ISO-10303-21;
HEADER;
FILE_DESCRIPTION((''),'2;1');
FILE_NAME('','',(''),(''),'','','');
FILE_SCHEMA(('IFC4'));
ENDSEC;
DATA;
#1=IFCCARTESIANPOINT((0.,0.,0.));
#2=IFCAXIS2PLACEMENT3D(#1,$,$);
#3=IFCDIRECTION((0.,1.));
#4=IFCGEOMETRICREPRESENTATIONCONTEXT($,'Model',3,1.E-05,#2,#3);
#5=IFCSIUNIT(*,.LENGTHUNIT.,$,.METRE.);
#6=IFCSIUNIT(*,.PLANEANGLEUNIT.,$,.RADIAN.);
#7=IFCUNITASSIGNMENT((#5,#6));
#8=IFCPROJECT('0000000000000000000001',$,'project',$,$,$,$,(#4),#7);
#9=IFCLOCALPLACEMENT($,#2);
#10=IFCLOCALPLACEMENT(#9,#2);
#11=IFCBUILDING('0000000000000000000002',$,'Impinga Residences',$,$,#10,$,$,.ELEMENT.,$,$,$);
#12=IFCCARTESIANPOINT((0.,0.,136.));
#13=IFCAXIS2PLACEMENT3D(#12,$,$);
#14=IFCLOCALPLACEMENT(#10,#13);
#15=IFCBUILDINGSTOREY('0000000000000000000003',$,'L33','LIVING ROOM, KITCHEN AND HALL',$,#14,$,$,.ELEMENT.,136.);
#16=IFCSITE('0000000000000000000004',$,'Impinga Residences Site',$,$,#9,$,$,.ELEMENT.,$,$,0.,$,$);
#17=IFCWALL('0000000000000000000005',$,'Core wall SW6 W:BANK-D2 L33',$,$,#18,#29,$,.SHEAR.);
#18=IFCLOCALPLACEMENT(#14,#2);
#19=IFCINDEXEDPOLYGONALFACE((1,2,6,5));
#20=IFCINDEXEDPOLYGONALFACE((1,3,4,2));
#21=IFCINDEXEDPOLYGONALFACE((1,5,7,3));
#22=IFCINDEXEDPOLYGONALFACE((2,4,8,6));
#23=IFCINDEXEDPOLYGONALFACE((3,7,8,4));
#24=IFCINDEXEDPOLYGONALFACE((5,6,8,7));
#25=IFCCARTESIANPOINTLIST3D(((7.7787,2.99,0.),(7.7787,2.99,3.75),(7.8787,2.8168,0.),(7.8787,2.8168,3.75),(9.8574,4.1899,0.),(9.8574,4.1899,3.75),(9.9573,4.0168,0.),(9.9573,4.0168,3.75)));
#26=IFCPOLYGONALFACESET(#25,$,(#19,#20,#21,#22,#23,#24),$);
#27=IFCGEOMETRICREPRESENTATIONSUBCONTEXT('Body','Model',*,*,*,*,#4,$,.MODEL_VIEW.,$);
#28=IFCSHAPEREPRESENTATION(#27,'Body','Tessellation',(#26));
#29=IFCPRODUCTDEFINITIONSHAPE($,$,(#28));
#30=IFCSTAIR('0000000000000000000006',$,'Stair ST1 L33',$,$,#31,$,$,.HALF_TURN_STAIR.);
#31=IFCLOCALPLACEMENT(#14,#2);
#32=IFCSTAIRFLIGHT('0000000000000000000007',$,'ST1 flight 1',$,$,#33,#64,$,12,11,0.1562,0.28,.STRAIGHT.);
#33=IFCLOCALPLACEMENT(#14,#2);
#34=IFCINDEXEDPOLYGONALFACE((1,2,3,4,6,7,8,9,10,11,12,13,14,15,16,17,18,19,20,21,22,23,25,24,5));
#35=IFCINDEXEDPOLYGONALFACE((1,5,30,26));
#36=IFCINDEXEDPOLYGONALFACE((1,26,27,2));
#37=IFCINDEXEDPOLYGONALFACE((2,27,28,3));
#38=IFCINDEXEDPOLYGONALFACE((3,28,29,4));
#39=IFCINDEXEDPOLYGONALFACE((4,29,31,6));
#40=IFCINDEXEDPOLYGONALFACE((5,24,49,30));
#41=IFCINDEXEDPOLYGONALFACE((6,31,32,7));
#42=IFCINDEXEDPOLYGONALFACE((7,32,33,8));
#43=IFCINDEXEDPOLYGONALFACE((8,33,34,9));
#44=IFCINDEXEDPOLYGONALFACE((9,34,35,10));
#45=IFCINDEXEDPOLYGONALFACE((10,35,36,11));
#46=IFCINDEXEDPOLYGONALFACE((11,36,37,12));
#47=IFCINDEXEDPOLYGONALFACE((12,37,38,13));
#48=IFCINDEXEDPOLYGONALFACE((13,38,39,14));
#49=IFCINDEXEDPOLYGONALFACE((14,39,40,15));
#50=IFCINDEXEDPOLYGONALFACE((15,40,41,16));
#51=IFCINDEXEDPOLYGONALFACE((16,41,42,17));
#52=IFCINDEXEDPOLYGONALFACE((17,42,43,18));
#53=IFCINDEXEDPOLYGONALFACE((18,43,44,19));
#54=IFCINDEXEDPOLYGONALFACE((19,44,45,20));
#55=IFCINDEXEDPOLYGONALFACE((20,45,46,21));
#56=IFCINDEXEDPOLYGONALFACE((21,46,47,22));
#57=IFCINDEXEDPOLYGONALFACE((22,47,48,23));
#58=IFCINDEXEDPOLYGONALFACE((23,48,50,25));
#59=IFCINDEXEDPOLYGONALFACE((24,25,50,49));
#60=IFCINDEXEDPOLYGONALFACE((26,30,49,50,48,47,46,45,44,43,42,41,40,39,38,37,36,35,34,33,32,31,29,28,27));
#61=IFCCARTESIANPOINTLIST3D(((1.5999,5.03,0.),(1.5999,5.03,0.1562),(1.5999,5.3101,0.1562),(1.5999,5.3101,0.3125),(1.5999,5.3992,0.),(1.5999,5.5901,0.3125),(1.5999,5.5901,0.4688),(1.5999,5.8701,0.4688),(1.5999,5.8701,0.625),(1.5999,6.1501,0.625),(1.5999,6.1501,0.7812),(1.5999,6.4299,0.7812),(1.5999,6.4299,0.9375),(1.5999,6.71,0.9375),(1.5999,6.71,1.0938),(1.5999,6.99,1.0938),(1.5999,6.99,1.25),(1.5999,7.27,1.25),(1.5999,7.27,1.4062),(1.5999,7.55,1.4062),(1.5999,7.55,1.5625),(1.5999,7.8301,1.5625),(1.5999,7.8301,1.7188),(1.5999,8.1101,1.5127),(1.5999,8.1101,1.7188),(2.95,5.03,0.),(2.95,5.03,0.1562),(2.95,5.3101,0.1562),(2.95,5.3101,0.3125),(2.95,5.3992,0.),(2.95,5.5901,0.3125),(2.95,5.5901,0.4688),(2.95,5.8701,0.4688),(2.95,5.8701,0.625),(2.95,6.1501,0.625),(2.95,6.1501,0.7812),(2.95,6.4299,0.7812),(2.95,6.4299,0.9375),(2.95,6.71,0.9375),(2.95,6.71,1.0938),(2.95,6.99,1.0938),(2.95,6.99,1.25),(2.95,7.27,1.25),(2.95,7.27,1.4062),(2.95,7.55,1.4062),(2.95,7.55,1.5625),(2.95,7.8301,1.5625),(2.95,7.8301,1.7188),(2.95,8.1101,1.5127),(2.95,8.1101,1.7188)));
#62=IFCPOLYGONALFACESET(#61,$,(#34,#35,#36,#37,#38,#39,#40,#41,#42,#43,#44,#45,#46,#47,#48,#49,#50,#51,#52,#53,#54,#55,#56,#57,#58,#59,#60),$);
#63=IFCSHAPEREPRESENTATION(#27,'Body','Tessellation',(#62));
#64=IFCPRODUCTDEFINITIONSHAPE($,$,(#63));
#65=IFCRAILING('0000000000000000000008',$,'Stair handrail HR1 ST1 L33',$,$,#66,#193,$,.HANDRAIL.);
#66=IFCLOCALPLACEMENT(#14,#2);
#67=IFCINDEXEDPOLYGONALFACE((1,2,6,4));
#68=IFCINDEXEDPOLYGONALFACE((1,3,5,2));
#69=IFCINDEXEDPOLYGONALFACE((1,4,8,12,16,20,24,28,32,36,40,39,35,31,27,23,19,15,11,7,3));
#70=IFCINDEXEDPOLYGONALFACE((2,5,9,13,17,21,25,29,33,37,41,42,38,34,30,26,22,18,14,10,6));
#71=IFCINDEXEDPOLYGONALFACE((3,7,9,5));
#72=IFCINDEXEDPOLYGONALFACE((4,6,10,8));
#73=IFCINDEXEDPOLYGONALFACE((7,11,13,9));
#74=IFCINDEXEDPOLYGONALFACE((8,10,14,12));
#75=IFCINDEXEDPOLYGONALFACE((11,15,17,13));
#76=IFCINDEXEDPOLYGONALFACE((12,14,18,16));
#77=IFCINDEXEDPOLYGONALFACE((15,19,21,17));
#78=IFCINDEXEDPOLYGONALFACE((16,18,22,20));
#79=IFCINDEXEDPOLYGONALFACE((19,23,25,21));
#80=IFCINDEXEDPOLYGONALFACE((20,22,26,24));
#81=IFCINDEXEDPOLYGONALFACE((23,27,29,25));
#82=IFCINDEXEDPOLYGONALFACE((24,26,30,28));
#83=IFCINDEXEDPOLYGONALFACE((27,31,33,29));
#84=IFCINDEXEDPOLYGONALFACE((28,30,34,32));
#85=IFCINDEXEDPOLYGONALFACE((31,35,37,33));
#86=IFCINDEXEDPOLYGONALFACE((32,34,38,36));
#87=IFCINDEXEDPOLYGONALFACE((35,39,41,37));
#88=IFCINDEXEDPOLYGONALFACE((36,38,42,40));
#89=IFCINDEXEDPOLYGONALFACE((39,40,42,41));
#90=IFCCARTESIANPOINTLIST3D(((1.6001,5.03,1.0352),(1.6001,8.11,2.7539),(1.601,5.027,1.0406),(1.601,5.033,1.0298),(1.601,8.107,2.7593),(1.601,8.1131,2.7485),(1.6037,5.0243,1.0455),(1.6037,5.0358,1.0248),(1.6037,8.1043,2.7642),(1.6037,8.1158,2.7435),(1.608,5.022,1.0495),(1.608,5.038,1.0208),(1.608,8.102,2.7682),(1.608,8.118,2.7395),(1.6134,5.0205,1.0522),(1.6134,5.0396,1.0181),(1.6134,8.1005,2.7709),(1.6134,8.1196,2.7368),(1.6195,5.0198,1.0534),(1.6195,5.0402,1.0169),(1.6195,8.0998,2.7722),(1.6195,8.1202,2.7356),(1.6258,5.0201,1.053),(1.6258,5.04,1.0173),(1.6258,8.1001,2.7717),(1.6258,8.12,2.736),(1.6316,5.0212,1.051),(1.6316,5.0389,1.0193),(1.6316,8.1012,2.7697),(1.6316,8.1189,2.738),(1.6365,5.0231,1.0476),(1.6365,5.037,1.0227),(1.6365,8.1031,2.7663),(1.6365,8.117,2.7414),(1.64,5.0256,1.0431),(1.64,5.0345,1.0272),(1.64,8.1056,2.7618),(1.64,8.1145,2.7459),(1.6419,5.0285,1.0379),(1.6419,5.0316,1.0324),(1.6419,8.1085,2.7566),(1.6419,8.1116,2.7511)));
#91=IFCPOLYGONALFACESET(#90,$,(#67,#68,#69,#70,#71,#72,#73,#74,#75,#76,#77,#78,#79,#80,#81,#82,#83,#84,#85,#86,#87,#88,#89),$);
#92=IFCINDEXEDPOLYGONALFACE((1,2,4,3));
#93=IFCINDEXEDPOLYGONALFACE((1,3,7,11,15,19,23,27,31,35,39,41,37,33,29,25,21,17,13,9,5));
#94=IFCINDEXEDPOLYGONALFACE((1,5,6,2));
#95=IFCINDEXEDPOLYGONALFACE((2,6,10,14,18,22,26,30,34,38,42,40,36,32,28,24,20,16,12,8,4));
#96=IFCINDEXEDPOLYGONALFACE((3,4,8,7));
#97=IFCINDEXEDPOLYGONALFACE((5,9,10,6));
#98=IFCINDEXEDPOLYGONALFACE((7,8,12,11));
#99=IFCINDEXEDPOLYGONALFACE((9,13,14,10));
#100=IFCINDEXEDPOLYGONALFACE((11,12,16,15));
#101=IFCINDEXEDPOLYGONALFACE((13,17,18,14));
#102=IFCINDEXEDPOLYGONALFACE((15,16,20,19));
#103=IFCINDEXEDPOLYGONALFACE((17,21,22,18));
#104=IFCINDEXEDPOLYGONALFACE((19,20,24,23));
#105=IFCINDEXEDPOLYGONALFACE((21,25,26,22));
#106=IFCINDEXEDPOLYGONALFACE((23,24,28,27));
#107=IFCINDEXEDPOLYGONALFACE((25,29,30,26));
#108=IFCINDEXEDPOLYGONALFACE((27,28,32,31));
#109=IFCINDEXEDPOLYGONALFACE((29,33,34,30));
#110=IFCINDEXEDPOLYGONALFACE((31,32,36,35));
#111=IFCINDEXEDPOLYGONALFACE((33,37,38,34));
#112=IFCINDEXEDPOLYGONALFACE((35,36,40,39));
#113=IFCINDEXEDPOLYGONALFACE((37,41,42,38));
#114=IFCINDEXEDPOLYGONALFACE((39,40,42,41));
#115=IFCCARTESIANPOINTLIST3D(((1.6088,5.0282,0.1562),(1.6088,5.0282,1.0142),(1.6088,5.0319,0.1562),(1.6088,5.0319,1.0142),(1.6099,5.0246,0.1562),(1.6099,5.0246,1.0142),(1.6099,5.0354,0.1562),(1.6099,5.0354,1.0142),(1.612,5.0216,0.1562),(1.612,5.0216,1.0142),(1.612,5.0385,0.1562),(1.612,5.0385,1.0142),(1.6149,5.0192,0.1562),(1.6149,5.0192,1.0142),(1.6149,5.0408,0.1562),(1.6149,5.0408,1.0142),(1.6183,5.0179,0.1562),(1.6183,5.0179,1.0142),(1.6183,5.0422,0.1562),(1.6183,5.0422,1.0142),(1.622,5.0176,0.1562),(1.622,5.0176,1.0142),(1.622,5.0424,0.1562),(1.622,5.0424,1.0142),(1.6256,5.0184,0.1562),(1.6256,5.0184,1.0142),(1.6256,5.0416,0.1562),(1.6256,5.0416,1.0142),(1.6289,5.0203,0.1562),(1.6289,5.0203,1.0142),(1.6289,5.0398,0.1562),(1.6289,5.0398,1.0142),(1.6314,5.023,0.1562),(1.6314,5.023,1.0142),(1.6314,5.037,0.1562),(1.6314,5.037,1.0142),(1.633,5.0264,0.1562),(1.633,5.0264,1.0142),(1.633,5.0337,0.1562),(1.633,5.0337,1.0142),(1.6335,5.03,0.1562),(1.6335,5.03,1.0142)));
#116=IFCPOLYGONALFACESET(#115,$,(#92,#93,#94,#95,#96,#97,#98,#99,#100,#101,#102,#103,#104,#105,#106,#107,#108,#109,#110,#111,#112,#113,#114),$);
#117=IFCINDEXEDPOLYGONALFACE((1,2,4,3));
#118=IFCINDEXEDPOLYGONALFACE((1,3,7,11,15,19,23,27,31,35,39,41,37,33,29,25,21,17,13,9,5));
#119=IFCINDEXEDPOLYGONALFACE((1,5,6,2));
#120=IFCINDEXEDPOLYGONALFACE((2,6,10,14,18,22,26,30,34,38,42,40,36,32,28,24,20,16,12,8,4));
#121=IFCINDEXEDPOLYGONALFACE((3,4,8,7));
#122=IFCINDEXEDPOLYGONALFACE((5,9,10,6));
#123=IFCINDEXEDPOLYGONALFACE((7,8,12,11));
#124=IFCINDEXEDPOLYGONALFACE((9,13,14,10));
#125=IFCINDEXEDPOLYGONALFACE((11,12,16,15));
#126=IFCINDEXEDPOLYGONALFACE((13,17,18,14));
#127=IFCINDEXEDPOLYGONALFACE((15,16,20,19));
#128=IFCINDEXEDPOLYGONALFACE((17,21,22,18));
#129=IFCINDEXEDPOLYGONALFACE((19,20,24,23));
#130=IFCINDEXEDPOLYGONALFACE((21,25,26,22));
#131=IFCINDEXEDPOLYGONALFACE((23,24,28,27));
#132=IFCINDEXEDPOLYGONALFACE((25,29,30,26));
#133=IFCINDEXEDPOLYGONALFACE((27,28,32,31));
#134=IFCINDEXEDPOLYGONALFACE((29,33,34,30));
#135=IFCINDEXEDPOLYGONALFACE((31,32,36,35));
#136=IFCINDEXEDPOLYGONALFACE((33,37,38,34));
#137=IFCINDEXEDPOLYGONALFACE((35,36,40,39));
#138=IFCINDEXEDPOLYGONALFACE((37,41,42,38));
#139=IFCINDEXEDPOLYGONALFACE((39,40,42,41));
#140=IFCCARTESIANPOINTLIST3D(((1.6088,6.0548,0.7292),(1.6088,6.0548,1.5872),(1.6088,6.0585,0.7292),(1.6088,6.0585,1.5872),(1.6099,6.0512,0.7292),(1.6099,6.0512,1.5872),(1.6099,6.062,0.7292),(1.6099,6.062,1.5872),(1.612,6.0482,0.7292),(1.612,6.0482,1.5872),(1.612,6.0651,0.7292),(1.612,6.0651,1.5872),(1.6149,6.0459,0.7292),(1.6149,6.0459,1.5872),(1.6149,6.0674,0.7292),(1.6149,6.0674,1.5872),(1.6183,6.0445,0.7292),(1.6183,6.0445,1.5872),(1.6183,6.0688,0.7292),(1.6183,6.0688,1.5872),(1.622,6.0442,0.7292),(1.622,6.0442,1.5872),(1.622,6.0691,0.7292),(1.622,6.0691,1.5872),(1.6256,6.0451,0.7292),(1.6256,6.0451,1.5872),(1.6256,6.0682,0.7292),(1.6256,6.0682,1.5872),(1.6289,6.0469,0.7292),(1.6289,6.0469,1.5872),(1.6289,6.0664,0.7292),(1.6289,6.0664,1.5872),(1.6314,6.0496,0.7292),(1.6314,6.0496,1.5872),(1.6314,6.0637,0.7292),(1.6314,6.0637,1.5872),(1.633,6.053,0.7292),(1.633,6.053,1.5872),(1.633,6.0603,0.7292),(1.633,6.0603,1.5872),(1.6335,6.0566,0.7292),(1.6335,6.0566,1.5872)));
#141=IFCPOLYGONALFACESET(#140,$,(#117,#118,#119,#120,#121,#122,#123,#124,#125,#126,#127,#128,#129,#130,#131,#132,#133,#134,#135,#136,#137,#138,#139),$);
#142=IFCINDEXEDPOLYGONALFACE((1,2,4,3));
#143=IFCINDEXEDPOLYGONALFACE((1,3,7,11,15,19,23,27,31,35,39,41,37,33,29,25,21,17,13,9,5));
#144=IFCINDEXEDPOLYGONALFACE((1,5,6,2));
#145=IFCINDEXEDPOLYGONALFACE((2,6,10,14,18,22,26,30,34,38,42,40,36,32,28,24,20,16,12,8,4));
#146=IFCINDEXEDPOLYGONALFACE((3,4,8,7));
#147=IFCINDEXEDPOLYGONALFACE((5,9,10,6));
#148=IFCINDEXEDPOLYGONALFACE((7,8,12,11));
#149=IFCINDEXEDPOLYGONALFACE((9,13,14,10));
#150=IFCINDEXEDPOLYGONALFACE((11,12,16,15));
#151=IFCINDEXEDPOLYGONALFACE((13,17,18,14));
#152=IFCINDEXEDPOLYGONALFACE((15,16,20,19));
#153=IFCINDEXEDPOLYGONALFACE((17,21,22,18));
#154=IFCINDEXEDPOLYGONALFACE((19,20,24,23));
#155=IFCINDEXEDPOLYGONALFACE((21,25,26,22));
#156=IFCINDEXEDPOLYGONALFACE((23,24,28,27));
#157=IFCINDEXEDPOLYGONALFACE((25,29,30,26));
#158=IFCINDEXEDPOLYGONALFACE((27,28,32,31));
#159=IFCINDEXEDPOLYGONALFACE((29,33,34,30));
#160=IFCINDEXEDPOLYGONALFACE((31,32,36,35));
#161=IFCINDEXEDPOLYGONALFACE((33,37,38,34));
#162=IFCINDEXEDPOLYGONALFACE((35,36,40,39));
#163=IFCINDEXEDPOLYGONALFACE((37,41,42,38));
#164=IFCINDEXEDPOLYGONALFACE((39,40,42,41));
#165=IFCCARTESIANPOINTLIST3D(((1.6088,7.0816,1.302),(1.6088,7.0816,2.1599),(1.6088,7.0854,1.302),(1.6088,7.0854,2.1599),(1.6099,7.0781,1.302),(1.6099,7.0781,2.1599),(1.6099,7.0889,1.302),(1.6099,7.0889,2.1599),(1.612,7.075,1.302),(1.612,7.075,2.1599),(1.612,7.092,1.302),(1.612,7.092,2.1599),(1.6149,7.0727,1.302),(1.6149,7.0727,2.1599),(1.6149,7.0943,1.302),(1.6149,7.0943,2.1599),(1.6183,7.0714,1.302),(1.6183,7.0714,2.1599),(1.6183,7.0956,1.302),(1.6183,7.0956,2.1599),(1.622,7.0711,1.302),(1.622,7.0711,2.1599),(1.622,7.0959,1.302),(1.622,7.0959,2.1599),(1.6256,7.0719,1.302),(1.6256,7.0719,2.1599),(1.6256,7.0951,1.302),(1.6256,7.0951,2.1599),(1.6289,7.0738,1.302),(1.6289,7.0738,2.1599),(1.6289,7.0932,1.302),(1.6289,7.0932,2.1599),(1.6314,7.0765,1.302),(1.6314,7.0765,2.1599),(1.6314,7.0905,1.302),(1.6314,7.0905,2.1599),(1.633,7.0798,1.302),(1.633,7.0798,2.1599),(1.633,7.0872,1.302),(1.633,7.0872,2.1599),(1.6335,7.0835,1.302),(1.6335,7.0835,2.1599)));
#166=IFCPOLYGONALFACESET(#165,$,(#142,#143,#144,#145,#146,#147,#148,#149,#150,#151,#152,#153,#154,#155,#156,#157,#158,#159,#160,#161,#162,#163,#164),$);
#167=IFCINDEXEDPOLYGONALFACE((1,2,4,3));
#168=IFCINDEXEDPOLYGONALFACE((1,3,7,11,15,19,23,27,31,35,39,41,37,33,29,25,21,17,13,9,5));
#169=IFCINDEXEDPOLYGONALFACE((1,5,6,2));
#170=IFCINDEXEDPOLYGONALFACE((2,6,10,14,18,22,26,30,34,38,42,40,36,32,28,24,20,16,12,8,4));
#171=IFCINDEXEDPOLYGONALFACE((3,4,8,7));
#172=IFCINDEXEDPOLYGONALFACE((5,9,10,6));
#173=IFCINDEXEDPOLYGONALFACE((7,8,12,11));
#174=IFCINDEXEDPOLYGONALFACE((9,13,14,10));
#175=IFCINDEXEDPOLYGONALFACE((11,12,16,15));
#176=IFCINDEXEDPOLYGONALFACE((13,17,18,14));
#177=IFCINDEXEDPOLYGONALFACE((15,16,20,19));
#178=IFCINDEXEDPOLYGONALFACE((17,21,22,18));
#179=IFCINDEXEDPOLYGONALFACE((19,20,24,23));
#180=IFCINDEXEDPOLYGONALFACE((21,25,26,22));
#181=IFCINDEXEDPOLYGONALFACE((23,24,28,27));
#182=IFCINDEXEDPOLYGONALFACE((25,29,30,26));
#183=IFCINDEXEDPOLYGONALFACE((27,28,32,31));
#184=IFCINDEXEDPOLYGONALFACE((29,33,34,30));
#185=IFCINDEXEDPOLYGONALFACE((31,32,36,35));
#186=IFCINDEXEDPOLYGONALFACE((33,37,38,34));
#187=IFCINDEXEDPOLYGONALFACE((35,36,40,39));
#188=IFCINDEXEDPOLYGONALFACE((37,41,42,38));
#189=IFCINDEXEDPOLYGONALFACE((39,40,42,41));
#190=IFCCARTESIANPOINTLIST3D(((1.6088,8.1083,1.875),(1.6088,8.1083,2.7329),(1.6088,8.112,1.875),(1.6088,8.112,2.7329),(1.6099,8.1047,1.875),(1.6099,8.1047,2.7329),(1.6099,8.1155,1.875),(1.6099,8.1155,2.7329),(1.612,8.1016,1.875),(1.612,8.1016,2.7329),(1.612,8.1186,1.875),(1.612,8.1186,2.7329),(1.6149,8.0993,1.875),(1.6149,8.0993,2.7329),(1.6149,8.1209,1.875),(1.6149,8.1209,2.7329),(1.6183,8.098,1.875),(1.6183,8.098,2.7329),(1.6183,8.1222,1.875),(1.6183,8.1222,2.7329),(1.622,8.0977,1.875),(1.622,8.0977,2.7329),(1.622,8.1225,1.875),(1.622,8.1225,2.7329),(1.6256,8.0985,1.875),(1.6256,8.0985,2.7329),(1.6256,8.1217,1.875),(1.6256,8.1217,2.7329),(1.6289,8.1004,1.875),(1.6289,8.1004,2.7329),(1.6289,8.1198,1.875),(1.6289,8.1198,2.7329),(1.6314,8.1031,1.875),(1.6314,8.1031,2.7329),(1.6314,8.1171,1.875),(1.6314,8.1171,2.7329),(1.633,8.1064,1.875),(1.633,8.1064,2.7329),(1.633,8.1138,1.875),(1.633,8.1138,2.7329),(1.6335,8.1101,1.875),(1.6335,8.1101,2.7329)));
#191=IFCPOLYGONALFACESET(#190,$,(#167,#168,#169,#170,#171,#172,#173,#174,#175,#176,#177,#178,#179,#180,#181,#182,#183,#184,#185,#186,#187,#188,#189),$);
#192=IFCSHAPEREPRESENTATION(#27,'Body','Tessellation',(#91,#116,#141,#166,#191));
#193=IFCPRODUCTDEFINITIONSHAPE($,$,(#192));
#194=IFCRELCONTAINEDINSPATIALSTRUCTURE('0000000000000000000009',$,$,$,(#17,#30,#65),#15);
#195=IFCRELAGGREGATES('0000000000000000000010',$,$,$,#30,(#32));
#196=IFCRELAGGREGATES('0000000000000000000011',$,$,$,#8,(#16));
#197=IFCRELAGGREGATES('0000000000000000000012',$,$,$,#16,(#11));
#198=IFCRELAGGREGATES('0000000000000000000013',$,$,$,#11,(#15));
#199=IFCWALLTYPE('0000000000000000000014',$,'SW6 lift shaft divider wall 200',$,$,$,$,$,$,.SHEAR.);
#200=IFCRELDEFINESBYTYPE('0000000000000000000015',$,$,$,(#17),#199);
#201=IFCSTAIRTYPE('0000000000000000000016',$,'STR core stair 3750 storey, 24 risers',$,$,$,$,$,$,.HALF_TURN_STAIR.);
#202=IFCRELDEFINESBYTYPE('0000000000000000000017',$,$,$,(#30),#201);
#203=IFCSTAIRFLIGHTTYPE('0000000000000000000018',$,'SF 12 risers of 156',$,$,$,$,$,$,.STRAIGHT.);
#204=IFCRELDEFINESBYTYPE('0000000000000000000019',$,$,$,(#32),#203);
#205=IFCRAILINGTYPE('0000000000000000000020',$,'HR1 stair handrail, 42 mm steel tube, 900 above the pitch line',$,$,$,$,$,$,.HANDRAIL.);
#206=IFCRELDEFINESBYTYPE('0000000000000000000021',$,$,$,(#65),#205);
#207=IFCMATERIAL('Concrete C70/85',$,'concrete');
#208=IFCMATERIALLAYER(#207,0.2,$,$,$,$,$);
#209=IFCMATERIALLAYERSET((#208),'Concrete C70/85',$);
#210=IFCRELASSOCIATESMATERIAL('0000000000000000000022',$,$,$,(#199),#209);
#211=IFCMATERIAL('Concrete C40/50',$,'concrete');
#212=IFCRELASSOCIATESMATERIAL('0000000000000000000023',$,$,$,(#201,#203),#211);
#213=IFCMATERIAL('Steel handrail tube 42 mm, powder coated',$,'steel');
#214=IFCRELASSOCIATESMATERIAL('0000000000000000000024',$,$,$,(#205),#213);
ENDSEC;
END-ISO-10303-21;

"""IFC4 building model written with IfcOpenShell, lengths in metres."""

from ifc_helpers import new_model, si_unit, direction, frame, frame_2d, origin, origin_2d, place, context, subcontext, project, spatial, polyline, rectangle, circle, outline, extrude, material, layer, layer_set, type_object, element, aggregate, save


model = new_model("IFC4")

# Units and contexts
model_context = context("Model", 3, precision=1e-05, world=origin(), true_north=direction((0.0, 1.0)))
body_context = subcontext(model_context, "Body", "Model", "MODEL_VIEW")
ifc_project = project(units=[si_unit("LENGTHUNIT", "METRE"), si_unit("PLANEANGLEUNIT", "RADIAN")], contexts=[model_context])

# Site, building, storey
site_placement = place(None, origin())
site = spatial("IfcSite", under=ifc_project, at=site_placement, Name="Impinga Residences Site", CompositionType="ELEMENT", RefElevation=0.0)
building_placement = place(site_placement, origin())
building = spatial("IfcBuilding", under=site, at=building_placement, Name="Impinga Residences", CompositionType="ELEMENT")
storey_placement = place(building_placement, frame((0.0, 0.0, 136.0)))
storey = spatial("IfcBuildingStorey", under=building, at=storey_placement, Name="L33", Description="LIVING ROOM, KITCHEN AND HALL", CompositionType="ELEMENT", Elevation=136.0)

# Shared definitions
ifc_material_1 = material(Name="Concrete C70/85", Category="concrete")

# Wall
ifc_layer_1 = layer(ifc_material_1, 0.2)
ifc_layer_set_1 = layer_set([ifc_layer_1], Name="Concrete C70/85")
wall_type_1 = type_object("IfcWallType", Name="SW6 lift shaft divider wall 200", PredefinedType="SHEAR", material=ifc_layer_set_1)
wall_1_placement = place(storey_placement, frame((7.8286, 2.9033, 0.0), z_axis=(0.0, 0.0, 1.0), x_axis=(0.86605, 0.499957, 0.0)))
element("IfcWall", 1, at=wall_1_placement, inside=storey, type_object=wall_type_1, Name="Core wall SW6 W:BANK-D2 L33", PredefinedType="SHEAR", context=body_context, shape_type="SweptSolid", body=[
    extrude(rectangle(XDim=2.4001, YDim=0.2, at=frame_2d((1.2002, 0.0))), origin(), (0.0, 0.0, 1.0), 3.75),
])

# Stair, stair flight
ifc_material_2 = material(Name="Concrete C40/50", Category="concrete")
stair_type = type_object("IfcStairType", Name="STR core stair 3750 storey, 24 risers", PredefinedType="HALF_TURN_STAIR", material=ifc_material_2)
stair_placement = place(storey_placement, origin())
stair = element("IfcStair", 2, at=stair_placement, inside=storey, type_object=stair_type, Name="Stair ST1 L33", PredefinedType="HALF_TURN_STAIR")
stair_flight_type = type_object("IfcStairFlightType", Name="SF 12 risers of 156", PredefinedType="STRAIGHT", material=ifc_material_2)
stair_flight_placement = place(storey_placement, frame((2.2749, 5.03, 0.0), z_axis=(0.0, 0.0, 1.0), x_axis=(0.0, 1.0, 0.0)))
stair_flight = element("IfcStairFlight", 3, at=stair_flight_placement, type_object=stair_flight_type, Name="ST1 flight 1", NumberOfRisers=12, NumberOfTreads=11, PredefinedType="STRAIGHT", RiserHeight=0.1562, TreadLength=0.28, context=body_context, shape_type="SweptSolid", body=[
    extrude(outline(polyline([(0.0, 0.0), (0.0, 0.1562), (0.28, 0.1562), (0.28, 0.3125), (0.5601, 0.3125), (0.5601, 0.4688), (0.8401, 0.4688), (0.8401, 0.625), (1.1201, 0.625), (1.1201, 0.7812), (1.3999, 0.7812), (1.3999, 0.9375), (1.6799, 0.9375), (1.6799, 1.0938), (1.96, 1.0938), (1.96, 1.25), (2.24, 1.25), (2.24, 1.4062), (2.52, 1.4062), (2.52, 1.5625), (2.8, 1.5625), (2.8, 1.7188), (3.0801, 1.7188), (3.0801, 1.875), (3.0801, 1.5127), (0.3691, 0.0), (0.0, 0.0)])), frame((0.0, 0.675, 0.0), z_axis=(0.0, -1.0, 0.0), x_axis=(1.0, 0.0, 0.0)), (0.0, 0.0, 1.0), 1.3501),
])
aggregate(stair, [stair_flight])

# Railing
ifc_material_3 = material(Name="Steel handrail tube 42 mm, powder coated", Category="steel")
railing_type = type_object("IfcRailingType", Name="HR1 stair handrail, 42 mm steel tube, 900 above the pitch line", PredefinedType="HANDRAIL", material=ifc_material_3)
railing_placement = place(storey_placement, frame((1.6211, 5.03, 0.1562)))
element("IfcRailing", 4, at=railing_placement, inside=storey, type_object=railing_type, Name="Stair handrail HR1 ST1 L33", PredefinedType="HANDRAIL", context=body_context, shape_type="SweptSolid", body=[
    extrude(circle(Radius=0.021, at=origin_2d()), frame((0.0, 0.0, 0.8789), z_axis=(0.0, 0.873242, 0.487288), x_axis=(-1.0, 0.0, 0.0)), (0.0, 0.0, 1.0), 3.5271),
    extrude(circle(Radius=0.0125, at=origin_2d()), origin(), (0.0, 0.0, 1.0), 0.8579),
    extrude(circle(Radius=0.0125, at=origin_2d()), frame((0.0, 1.0266, 0.573)), (0.0, 0.0, 1.0), 0.8579),
    extrude(circle(Radius=0.0125, at=origin_2d()), frame((0.0, 2.0535, 1.1458)), (0.0, 0.0, 1.0), 0.8579),
    extrude(circle(Radius=0.0125, at=origin_2d()), frame((0.0, 3.0801, 1.7188)), (0.0, 0.0, 1.0), 0.8579),
])

save(model, "model.ifc")
